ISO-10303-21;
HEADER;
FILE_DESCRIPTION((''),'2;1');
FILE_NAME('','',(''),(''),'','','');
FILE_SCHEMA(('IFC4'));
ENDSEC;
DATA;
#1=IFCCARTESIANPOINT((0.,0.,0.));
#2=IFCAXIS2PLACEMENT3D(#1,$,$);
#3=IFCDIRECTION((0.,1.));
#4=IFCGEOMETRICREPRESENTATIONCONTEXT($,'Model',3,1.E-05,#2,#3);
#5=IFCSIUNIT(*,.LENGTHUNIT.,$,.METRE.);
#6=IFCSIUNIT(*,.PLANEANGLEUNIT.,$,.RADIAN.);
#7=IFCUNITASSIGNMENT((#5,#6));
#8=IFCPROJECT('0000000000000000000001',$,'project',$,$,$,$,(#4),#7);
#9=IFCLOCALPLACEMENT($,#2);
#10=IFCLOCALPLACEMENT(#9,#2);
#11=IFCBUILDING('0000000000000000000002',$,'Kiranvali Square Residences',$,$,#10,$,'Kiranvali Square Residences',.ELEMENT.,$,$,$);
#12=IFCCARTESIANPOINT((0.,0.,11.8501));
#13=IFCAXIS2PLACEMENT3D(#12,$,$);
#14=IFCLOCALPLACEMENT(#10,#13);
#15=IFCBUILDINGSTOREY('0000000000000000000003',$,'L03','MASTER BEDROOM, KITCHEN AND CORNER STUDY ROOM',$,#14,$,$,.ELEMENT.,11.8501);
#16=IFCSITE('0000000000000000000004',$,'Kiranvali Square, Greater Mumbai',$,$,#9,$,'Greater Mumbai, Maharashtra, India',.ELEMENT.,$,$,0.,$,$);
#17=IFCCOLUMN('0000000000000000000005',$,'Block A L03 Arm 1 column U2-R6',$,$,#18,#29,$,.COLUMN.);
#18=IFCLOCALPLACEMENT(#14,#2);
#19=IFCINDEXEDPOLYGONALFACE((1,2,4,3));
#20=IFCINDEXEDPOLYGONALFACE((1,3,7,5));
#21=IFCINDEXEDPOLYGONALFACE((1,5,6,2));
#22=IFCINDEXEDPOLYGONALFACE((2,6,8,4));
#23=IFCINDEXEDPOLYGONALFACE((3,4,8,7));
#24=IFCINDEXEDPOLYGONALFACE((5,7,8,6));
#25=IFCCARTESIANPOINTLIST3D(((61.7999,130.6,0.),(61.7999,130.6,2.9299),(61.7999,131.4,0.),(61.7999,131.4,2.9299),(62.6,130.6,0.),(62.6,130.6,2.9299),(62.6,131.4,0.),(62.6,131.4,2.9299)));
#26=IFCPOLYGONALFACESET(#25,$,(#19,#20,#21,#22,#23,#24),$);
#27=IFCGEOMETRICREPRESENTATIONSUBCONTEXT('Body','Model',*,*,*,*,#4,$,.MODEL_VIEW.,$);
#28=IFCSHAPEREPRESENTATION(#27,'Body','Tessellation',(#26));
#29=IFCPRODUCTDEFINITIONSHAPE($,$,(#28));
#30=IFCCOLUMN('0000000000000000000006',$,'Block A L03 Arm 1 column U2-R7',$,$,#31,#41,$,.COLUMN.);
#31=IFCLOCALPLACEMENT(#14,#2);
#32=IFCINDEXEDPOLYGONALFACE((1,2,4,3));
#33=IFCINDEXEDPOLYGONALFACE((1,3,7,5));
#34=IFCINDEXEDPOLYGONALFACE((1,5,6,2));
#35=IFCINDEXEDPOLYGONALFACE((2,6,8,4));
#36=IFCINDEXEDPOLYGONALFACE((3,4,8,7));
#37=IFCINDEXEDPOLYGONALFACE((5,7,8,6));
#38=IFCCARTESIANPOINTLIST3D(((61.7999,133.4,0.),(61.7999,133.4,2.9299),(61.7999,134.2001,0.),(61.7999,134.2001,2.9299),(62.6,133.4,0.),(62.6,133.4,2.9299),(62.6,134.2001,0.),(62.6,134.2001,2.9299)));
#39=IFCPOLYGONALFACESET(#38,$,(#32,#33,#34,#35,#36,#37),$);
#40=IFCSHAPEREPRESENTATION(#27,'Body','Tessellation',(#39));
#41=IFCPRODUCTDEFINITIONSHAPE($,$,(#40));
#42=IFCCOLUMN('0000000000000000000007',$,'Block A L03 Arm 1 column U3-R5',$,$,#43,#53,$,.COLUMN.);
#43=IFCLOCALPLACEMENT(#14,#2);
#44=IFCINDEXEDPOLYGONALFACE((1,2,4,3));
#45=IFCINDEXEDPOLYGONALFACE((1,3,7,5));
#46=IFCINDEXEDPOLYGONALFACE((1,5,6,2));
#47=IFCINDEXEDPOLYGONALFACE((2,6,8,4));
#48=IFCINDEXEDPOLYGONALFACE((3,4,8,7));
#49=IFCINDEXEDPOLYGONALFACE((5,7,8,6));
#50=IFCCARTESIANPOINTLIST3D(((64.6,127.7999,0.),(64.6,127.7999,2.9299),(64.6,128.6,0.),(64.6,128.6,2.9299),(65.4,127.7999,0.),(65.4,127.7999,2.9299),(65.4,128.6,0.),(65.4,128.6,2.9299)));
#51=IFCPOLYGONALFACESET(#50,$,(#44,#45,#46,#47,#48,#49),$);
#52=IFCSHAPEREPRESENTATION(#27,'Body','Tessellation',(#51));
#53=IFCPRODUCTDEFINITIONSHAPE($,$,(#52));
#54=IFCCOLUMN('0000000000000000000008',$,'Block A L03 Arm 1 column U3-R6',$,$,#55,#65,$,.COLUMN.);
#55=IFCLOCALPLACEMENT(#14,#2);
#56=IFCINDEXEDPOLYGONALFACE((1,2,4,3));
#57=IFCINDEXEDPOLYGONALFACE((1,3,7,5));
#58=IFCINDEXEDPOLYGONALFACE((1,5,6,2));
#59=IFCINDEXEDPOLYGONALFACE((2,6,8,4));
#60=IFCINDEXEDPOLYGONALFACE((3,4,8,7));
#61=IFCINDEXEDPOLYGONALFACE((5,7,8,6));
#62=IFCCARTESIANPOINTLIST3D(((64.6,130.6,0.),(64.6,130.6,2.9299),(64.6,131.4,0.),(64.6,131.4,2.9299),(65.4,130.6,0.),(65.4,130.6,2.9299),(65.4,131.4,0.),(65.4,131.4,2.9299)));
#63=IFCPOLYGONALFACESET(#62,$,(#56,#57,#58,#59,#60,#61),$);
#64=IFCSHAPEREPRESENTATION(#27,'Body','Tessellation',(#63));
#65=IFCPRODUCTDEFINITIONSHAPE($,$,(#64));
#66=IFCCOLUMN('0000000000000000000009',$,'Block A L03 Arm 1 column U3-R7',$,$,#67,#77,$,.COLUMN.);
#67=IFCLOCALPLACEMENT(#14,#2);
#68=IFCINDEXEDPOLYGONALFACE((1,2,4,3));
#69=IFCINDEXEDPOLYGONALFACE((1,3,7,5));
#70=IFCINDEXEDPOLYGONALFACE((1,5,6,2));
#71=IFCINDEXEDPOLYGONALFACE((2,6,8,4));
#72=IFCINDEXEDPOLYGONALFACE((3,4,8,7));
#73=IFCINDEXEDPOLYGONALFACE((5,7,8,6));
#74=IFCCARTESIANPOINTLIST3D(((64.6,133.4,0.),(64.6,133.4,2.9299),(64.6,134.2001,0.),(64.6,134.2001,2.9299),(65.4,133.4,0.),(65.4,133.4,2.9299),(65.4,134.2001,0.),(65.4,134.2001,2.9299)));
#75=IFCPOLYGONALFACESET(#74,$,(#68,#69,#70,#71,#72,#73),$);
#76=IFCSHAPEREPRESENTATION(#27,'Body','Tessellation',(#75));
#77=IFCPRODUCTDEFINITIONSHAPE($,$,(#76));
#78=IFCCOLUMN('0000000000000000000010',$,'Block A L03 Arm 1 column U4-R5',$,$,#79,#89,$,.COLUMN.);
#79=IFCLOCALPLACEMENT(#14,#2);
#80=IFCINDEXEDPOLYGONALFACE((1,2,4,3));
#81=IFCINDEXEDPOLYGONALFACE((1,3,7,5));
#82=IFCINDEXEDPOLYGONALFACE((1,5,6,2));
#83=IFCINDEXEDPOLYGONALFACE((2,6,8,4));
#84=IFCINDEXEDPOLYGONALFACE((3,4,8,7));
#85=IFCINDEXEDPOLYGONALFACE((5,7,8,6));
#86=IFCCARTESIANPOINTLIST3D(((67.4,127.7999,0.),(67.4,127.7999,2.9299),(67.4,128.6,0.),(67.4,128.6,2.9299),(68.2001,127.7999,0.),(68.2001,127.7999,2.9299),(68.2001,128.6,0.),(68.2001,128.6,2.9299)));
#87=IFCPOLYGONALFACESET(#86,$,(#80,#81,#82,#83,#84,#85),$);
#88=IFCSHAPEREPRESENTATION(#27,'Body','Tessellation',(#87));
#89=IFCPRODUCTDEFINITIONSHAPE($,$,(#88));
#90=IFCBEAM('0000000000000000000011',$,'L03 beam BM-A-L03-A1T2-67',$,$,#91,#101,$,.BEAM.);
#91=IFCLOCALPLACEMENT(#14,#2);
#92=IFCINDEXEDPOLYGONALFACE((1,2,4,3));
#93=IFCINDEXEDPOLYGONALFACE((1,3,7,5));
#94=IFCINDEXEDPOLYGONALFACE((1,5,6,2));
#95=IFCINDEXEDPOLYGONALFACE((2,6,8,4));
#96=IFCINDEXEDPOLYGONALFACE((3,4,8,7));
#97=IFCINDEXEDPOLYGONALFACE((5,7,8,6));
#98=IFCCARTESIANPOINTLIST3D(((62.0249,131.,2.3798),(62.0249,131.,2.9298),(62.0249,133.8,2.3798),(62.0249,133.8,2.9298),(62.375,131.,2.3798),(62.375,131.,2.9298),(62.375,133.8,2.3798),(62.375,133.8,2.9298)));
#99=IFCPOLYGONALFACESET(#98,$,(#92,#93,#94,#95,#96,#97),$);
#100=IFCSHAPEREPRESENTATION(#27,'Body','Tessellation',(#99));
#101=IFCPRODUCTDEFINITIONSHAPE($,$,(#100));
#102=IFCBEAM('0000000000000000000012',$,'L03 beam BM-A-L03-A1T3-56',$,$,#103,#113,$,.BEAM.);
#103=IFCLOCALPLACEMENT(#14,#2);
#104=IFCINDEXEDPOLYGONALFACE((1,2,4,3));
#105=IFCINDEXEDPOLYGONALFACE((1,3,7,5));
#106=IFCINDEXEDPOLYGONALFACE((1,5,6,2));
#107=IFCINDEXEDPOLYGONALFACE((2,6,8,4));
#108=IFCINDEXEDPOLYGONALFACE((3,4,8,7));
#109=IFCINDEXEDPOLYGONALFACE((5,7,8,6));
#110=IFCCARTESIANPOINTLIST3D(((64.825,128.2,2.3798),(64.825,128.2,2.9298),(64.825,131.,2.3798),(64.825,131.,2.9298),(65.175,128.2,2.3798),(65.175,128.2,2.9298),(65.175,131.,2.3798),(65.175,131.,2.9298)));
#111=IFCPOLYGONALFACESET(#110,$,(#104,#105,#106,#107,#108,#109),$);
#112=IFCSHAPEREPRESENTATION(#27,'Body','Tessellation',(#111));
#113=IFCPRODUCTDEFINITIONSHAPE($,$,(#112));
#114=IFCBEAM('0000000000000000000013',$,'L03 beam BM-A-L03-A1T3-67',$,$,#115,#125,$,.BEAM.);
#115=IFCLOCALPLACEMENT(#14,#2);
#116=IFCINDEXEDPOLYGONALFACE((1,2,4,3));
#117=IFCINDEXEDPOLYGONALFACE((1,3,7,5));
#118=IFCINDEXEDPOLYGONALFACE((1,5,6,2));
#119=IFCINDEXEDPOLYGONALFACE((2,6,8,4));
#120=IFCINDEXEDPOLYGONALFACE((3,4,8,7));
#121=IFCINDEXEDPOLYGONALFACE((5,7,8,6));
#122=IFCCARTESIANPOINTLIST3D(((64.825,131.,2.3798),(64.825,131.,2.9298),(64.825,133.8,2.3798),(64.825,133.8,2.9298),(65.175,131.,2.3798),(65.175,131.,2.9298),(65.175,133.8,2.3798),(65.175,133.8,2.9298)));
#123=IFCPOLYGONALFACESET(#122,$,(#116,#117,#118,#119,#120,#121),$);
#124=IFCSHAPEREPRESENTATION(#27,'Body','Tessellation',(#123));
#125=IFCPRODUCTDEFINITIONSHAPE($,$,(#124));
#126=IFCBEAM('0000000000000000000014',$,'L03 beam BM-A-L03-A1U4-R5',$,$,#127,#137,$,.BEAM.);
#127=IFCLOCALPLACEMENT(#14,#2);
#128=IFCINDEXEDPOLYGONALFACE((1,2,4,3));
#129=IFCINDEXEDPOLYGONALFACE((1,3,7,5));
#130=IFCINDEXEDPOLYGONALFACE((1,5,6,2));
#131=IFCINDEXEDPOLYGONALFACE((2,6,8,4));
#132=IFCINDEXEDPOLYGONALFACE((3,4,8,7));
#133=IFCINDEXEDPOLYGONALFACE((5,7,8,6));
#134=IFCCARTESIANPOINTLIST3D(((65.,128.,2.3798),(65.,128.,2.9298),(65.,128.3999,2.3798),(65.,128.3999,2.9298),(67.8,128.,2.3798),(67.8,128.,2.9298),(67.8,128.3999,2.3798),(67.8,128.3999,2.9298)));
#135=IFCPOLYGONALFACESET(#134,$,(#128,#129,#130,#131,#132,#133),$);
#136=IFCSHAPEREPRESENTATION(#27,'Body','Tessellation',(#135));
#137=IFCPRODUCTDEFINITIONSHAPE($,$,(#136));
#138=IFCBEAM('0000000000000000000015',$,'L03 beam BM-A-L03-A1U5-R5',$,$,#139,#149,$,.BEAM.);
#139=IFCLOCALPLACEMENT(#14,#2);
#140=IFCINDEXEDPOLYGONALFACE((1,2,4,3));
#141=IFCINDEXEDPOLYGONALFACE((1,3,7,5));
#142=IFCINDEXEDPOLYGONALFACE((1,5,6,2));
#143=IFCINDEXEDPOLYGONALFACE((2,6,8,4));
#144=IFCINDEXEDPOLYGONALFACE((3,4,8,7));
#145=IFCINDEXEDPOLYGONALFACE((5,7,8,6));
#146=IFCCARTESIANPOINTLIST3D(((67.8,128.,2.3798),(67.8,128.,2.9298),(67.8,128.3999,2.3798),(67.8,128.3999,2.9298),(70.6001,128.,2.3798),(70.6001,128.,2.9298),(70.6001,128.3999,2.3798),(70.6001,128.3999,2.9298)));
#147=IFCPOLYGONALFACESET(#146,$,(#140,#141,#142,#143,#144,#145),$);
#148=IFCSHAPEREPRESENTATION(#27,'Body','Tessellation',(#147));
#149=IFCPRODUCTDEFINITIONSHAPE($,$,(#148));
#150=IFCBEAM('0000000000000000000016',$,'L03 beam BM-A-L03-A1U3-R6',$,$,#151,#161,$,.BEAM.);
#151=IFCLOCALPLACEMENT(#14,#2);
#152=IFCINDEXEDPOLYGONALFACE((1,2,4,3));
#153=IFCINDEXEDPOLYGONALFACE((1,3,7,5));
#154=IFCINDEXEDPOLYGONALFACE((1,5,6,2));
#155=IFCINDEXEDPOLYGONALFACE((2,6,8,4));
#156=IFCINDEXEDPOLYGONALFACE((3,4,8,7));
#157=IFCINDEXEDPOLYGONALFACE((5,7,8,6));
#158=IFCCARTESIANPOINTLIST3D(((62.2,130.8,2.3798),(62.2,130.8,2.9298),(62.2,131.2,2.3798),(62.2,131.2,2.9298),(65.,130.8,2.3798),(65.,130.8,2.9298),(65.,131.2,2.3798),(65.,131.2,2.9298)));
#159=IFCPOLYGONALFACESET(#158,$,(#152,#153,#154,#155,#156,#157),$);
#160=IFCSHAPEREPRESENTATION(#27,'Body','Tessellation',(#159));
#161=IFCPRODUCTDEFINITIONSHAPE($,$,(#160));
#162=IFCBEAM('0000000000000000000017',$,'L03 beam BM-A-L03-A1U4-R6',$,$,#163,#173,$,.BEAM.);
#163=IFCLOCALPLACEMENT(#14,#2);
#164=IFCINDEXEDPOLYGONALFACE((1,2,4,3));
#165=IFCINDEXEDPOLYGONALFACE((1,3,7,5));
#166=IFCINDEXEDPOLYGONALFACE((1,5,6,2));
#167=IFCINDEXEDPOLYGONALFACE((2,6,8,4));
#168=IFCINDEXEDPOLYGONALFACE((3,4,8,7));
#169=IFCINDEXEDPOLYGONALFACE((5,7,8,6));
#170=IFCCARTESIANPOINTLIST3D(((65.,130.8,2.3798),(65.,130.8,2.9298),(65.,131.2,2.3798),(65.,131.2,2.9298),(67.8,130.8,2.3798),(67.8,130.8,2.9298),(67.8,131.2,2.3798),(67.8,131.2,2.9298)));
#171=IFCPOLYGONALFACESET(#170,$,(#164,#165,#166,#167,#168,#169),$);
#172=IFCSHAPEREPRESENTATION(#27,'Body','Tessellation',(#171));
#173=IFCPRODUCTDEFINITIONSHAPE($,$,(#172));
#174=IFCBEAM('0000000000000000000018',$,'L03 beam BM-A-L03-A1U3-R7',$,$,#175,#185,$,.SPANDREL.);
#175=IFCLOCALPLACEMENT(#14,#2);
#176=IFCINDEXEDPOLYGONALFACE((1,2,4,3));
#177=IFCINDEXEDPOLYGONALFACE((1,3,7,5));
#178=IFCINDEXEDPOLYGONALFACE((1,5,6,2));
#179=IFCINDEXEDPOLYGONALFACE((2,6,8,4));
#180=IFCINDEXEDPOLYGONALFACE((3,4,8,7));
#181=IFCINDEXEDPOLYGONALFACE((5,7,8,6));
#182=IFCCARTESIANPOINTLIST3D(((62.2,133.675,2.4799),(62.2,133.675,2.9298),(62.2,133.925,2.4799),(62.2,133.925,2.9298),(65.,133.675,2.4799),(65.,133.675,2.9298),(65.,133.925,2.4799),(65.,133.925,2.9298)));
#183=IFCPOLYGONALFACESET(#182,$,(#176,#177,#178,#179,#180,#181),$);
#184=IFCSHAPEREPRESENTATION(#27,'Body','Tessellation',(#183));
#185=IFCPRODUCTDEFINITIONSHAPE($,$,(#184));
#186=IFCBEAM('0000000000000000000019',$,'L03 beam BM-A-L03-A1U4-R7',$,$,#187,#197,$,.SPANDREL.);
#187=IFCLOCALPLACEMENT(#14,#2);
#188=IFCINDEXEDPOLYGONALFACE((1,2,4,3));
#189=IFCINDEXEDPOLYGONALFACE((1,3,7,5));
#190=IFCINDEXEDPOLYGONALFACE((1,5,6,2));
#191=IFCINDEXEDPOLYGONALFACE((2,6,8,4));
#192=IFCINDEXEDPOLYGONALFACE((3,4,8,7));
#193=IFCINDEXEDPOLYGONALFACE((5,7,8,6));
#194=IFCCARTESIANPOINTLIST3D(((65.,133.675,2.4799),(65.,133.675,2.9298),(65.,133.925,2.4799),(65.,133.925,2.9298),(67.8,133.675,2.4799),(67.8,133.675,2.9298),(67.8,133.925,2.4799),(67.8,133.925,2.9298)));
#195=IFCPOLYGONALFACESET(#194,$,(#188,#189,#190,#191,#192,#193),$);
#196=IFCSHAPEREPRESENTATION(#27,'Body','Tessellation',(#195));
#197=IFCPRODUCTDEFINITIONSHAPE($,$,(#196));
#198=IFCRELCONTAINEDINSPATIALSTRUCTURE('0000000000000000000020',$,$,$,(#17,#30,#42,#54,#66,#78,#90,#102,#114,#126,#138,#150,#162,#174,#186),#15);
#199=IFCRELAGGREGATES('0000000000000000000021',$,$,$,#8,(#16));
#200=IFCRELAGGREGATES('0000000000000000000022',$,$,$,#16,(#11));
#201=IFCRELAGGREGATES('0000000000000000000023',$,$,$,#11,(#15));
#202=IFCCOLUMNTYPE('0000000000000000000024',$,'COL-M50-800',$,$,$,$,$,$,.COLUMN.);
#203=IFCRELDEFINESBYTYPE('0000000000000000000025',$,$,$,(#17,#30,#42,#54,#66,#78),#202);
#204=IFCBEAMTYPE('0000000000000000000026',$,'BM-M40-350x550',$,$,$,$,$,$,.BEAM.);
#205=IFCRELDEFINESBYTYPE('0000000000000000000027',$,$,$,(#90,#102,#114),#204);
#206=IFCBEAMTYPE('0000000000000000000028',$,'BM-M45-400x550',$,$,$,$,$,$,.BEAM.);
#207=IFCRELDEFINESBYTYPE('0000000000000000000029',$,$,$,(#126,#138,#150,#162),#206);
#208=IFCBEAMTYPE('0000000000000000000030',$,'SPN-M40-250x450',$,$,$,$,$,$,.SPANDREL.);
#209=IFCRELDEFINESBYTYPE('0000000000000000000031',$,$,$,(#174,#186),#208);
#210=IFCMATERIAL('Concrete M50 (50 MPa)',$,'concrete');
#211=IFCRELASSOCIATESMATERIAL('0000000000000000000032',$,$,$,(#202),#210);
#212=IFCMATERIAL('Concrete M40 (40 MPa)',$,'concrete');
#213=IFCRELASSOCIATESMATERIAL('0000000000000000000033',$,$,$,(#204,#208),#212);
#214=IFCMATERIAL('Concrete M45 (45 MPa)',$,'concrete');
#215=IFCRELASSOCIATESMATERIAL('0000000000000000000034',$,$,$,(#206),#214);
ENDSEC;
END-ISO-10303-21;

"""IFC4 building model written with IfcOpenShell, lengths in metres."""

from ifc_helpers import new_model, si_unit, direction, frame, origin, origin_2d, place, context, subcontext, project, spatial, rectangle, extrude, material, material_profile, profile_set, type_object, element, save


model = new_model("IFC4")

# Units and contexts
model_context = context("Model", 3, precision=1e-05, world=origin(), true_north=direction((0.0, 1.0)))
body_context = subcontext(model_context, "Body", "Model", "MODEL_VIEW")
ifc_project = project(units=[si_unit("LENGTHUNIT", "METRE"), si_unit("PLANEANGLEUNIT", "RADIAN")], contexts=[model_context])

# Site, building, storey
site_placement = place(None, origin())
site = spatial("IfcSite", under=ifc_project, at=site_placement, Name="Kiranvali Square, Greater Mumbai", LongName="Greater Mumbai, Maharashtra, India", CompositionType="ELEMENT", RefElevation=0.0)
building_placement = place(site_placement, origin())
building = spatial("IfcBuilding", under=site, at=building_placement, Name="Kiranvali Square Residences", LongName="Kiranvali Square Residences", CompositionType="ELEMENT")
storey_placement = place(building_placement, frame((0.0, 0.0, 11.8501)))
storey = spatial("IfcBuildingStorey", under=building, at=storey_placement, Name="L03", Description="MASTER BEDROOM, KITCHEN AND CORNER STUDY ROOM", CompositionType="ELEMENT", Elevation=11.8501)

# Columns
ifc_material_1 = material(Name="Concrete M50 (50 MPa)", Category="concrete")
ifc_material_profile_1 = material_profile(ifc_material_1, rectangle(XDim=0.8, YDim=0.8, at=origin_2d()), Name="RC 800x800")
ifc_profile_set_1 = profile_set([ifc_material_profile_1], Name="Concrete M50 (50 MPa)")
column_type = type_object("IfcColumnType", Name="COL-M50-800", PredefinedType="COLUMN", material=ifc_profile_set_1)
for number, where, z_axis, x_axis, name in (
    (1, (62.2, 131.0, 0.0), (0.0, 0.0, 1.0), (1.0, 0.0, 0.0), "Block A L03 Arm 1 column U2-R6"),
    (2, (62.2, 133.8, 0.0), (0.0, 0.0, 1.0), (1.0, 0.0, 0.0), "Block A L03 Arm 1 column U2-R7"),
    (3, (65.0, 128.2, 0.0), (0.0, 0.0, 1.0), (1.0, 0.0, 0.0), "Block A L03 Arm 1 column U3-R5"),
    (4, (65.0, 131.0, 0.0), (0.0, 0.0, 1.0), (1.0, 0.0, 0.0), "Block A L03 Arm 1 column U3-R6"),
    (5, (65.0, 133.8, 0.0), (0.0, 0.0, 1.0), (1.0, 0.0, 0.0), "Block A L03 Arm 1 column U3-R7"),
    (6, (67.8, 128.2, 0.0), (0.0, 0.0, 1.0), (1.0, 0.0, 0.0), "Block A L03 Arm 1 column U4-R5"),
):
    element("IfcColumn", number, at=place(storey_placement, frame(where, z_axis=z_axis, x_axis=x_axis)), inside=storey, type_object=column_type, Name=name, PredefinedType="COLUMN", context=body_context, shape_type="SweptSolid", body=[
        extrude(rectangle(XDim=0.8, YDim=0.8, at=origin_2d()), origin(), (0.0, 0.0, 1.0), 2.9299),
    ])

# Beams
ifc_material_2 = material(Name="Concrete M40 (40 MPa)", Category="concrete")
ifc_material_profile_2 = material_profile(ifc_material_2, rectangle(XDim=0.3501, YDim=0.55, at=origin_2d()), Name="RC 350x550")
ifc_profile_set_2 = profile_set([ifc_material_profile_2], Name="Concrete M40 (40 MPa)")
beam_type_1 = type_object("IfcBeamType", Name="BM-M40-350x550", PredefinedType="BEAM", material=ifc_profile_set_2)
for number, where, z_axis, x_axis, name in (
    (7, (62.2, 131.0, 2.6548), (0.0, 1.0, 0.0), (-1.0, 0.0, 0.0), "L03 beam BM-A-L03-A1T2-67"),
    (8, (65.0, 128.2, 2.6548), (0.0, 1.0, 0.0), (-1.0, 0.0, 0.0), "L03 beam BM-A-L03-A1T3-56"),
    (9, (65.0, 131.0, 2.6548), (0.0, 1.0, 0.0), (-1.0, 0.0, 0.0), "L03 beam BM-A-L03-A1T3-67"),
):
    element("IfcBeam", number, at=place(storey_placement, frame(where, z_axis=z_axis, x_axis=x_axis)), inside=storey, type_object=beam_type_1, Name=name, PredefinedType="BEAM", context=body_context, shape_type="SweptSolid", body=[
        extrude(rectangle(XDim=0.3501, YDim=0.55, at=origin_2d()), origin(), (0.0, 0.0, 1.0), 2.8),
    ])
ifc_material_3 = material(Name="Concrete M45 (45 MPa)", Category="concrete")
ifc_material_profile_3 = material_profile(ifc_material_3, rectangle(XDim=0.3999, YDim=0.55, at=origin_2d()), Name="RC 400x550")
ifc_profile_set_3 = profile_set([ifc_material_profile_3], Name="Concrete M45 (45 MPa)")
beam_type_2 = type_object("IfcBeamType", Name="BM-M45-400x550", PredefinedType="BEAM", material=ifc_profile_set_3)
for number, where, z_axis, x_axis, name in (
    (10, (65.0, 128.2, 2.6548), (1.0, 0.0, 0.0), (0.0, 1.0, 0.0), "L03 beam BM-A-L03-A1U4-R5"),
    (11, (67.8, 128.2, 2.6548), (1.0, 0.0, 0.0), (0.0, 1.0, 0.0), "L03 beam BM-A-L03-A1U5-R5"),
    (12, (62.2, 131.0, 2.6548), (1.0, 0.0, 0.0), (0.0, 1.0, 0.0), "L03 beam BM-A-L03-A1U3-R6"),
    (13, (65.0, 131.0, 2.6548), (1.0, 0.0, 0.0), (0.0, 1.0, 0.0), "L03 beam BM-A-L03-A1U4-R6"),
):
    element("IfcBeam", number, at=place(storey_placement, frame(where, z_axis=z_axis, x_axis=x_axis)), inside=storey, type_object=beam_type_2, Name=name, PredefinedType="BEAM", context=body_context, shape_type="SweptSolid", body=[
        extrude(rectangle(XDim=0.3999, YDim=0.55, at=origin_2d()), origin(), (0.0, 0.0, 1.0), 2.8),
    ])
ifc_material_profile_4 = material_profile(ifc_material_2, rectangle(XDim=0.25, YDim=0.45, at=origin_2d()), Name="RC 250x450")
ifc_profile_set_4 = profile_set([ifc_material_profile_4], Name="Concrete M40 (40 MPa)")
beam_type_3 = type_object("IfcBeamType", Name="SPN-M40-250x450", PredefinedType="SPANDREL", material=ifc_profile_set_4)
for number, where, z_axis, x_axis, name in (
    (14, (62.2, 133.8, 2.7048), (1.0, 0.0, 0.0), (0.0, 1.0, 0.0), "L03 beam BM-A-L03-A1U3-R7"),
    (15, (65.0, 133.8, 2.7048), (1.0, 0.0, 0.0), (0.0, 1.0, 0.0), "L03 beam BM-A-L03-A1U4-R7"),
):
    element("IfcBeam", number, at=place(storey_placement, frame(where, z_axis=z_axis, x_axis=x_axis)), inside=storey, type_object=beam_type_3, Name=name, PredefinedType="SPANDREL", context=body_context, shape_type="SweptSolid", body=[
        extrude(rectangle(XDim=0.25, YDim=0.45, at=origin_2d()), origin(), (0.0, 0.0, 1.0), 2.8),
    ])

save(model, "model.ifc")
